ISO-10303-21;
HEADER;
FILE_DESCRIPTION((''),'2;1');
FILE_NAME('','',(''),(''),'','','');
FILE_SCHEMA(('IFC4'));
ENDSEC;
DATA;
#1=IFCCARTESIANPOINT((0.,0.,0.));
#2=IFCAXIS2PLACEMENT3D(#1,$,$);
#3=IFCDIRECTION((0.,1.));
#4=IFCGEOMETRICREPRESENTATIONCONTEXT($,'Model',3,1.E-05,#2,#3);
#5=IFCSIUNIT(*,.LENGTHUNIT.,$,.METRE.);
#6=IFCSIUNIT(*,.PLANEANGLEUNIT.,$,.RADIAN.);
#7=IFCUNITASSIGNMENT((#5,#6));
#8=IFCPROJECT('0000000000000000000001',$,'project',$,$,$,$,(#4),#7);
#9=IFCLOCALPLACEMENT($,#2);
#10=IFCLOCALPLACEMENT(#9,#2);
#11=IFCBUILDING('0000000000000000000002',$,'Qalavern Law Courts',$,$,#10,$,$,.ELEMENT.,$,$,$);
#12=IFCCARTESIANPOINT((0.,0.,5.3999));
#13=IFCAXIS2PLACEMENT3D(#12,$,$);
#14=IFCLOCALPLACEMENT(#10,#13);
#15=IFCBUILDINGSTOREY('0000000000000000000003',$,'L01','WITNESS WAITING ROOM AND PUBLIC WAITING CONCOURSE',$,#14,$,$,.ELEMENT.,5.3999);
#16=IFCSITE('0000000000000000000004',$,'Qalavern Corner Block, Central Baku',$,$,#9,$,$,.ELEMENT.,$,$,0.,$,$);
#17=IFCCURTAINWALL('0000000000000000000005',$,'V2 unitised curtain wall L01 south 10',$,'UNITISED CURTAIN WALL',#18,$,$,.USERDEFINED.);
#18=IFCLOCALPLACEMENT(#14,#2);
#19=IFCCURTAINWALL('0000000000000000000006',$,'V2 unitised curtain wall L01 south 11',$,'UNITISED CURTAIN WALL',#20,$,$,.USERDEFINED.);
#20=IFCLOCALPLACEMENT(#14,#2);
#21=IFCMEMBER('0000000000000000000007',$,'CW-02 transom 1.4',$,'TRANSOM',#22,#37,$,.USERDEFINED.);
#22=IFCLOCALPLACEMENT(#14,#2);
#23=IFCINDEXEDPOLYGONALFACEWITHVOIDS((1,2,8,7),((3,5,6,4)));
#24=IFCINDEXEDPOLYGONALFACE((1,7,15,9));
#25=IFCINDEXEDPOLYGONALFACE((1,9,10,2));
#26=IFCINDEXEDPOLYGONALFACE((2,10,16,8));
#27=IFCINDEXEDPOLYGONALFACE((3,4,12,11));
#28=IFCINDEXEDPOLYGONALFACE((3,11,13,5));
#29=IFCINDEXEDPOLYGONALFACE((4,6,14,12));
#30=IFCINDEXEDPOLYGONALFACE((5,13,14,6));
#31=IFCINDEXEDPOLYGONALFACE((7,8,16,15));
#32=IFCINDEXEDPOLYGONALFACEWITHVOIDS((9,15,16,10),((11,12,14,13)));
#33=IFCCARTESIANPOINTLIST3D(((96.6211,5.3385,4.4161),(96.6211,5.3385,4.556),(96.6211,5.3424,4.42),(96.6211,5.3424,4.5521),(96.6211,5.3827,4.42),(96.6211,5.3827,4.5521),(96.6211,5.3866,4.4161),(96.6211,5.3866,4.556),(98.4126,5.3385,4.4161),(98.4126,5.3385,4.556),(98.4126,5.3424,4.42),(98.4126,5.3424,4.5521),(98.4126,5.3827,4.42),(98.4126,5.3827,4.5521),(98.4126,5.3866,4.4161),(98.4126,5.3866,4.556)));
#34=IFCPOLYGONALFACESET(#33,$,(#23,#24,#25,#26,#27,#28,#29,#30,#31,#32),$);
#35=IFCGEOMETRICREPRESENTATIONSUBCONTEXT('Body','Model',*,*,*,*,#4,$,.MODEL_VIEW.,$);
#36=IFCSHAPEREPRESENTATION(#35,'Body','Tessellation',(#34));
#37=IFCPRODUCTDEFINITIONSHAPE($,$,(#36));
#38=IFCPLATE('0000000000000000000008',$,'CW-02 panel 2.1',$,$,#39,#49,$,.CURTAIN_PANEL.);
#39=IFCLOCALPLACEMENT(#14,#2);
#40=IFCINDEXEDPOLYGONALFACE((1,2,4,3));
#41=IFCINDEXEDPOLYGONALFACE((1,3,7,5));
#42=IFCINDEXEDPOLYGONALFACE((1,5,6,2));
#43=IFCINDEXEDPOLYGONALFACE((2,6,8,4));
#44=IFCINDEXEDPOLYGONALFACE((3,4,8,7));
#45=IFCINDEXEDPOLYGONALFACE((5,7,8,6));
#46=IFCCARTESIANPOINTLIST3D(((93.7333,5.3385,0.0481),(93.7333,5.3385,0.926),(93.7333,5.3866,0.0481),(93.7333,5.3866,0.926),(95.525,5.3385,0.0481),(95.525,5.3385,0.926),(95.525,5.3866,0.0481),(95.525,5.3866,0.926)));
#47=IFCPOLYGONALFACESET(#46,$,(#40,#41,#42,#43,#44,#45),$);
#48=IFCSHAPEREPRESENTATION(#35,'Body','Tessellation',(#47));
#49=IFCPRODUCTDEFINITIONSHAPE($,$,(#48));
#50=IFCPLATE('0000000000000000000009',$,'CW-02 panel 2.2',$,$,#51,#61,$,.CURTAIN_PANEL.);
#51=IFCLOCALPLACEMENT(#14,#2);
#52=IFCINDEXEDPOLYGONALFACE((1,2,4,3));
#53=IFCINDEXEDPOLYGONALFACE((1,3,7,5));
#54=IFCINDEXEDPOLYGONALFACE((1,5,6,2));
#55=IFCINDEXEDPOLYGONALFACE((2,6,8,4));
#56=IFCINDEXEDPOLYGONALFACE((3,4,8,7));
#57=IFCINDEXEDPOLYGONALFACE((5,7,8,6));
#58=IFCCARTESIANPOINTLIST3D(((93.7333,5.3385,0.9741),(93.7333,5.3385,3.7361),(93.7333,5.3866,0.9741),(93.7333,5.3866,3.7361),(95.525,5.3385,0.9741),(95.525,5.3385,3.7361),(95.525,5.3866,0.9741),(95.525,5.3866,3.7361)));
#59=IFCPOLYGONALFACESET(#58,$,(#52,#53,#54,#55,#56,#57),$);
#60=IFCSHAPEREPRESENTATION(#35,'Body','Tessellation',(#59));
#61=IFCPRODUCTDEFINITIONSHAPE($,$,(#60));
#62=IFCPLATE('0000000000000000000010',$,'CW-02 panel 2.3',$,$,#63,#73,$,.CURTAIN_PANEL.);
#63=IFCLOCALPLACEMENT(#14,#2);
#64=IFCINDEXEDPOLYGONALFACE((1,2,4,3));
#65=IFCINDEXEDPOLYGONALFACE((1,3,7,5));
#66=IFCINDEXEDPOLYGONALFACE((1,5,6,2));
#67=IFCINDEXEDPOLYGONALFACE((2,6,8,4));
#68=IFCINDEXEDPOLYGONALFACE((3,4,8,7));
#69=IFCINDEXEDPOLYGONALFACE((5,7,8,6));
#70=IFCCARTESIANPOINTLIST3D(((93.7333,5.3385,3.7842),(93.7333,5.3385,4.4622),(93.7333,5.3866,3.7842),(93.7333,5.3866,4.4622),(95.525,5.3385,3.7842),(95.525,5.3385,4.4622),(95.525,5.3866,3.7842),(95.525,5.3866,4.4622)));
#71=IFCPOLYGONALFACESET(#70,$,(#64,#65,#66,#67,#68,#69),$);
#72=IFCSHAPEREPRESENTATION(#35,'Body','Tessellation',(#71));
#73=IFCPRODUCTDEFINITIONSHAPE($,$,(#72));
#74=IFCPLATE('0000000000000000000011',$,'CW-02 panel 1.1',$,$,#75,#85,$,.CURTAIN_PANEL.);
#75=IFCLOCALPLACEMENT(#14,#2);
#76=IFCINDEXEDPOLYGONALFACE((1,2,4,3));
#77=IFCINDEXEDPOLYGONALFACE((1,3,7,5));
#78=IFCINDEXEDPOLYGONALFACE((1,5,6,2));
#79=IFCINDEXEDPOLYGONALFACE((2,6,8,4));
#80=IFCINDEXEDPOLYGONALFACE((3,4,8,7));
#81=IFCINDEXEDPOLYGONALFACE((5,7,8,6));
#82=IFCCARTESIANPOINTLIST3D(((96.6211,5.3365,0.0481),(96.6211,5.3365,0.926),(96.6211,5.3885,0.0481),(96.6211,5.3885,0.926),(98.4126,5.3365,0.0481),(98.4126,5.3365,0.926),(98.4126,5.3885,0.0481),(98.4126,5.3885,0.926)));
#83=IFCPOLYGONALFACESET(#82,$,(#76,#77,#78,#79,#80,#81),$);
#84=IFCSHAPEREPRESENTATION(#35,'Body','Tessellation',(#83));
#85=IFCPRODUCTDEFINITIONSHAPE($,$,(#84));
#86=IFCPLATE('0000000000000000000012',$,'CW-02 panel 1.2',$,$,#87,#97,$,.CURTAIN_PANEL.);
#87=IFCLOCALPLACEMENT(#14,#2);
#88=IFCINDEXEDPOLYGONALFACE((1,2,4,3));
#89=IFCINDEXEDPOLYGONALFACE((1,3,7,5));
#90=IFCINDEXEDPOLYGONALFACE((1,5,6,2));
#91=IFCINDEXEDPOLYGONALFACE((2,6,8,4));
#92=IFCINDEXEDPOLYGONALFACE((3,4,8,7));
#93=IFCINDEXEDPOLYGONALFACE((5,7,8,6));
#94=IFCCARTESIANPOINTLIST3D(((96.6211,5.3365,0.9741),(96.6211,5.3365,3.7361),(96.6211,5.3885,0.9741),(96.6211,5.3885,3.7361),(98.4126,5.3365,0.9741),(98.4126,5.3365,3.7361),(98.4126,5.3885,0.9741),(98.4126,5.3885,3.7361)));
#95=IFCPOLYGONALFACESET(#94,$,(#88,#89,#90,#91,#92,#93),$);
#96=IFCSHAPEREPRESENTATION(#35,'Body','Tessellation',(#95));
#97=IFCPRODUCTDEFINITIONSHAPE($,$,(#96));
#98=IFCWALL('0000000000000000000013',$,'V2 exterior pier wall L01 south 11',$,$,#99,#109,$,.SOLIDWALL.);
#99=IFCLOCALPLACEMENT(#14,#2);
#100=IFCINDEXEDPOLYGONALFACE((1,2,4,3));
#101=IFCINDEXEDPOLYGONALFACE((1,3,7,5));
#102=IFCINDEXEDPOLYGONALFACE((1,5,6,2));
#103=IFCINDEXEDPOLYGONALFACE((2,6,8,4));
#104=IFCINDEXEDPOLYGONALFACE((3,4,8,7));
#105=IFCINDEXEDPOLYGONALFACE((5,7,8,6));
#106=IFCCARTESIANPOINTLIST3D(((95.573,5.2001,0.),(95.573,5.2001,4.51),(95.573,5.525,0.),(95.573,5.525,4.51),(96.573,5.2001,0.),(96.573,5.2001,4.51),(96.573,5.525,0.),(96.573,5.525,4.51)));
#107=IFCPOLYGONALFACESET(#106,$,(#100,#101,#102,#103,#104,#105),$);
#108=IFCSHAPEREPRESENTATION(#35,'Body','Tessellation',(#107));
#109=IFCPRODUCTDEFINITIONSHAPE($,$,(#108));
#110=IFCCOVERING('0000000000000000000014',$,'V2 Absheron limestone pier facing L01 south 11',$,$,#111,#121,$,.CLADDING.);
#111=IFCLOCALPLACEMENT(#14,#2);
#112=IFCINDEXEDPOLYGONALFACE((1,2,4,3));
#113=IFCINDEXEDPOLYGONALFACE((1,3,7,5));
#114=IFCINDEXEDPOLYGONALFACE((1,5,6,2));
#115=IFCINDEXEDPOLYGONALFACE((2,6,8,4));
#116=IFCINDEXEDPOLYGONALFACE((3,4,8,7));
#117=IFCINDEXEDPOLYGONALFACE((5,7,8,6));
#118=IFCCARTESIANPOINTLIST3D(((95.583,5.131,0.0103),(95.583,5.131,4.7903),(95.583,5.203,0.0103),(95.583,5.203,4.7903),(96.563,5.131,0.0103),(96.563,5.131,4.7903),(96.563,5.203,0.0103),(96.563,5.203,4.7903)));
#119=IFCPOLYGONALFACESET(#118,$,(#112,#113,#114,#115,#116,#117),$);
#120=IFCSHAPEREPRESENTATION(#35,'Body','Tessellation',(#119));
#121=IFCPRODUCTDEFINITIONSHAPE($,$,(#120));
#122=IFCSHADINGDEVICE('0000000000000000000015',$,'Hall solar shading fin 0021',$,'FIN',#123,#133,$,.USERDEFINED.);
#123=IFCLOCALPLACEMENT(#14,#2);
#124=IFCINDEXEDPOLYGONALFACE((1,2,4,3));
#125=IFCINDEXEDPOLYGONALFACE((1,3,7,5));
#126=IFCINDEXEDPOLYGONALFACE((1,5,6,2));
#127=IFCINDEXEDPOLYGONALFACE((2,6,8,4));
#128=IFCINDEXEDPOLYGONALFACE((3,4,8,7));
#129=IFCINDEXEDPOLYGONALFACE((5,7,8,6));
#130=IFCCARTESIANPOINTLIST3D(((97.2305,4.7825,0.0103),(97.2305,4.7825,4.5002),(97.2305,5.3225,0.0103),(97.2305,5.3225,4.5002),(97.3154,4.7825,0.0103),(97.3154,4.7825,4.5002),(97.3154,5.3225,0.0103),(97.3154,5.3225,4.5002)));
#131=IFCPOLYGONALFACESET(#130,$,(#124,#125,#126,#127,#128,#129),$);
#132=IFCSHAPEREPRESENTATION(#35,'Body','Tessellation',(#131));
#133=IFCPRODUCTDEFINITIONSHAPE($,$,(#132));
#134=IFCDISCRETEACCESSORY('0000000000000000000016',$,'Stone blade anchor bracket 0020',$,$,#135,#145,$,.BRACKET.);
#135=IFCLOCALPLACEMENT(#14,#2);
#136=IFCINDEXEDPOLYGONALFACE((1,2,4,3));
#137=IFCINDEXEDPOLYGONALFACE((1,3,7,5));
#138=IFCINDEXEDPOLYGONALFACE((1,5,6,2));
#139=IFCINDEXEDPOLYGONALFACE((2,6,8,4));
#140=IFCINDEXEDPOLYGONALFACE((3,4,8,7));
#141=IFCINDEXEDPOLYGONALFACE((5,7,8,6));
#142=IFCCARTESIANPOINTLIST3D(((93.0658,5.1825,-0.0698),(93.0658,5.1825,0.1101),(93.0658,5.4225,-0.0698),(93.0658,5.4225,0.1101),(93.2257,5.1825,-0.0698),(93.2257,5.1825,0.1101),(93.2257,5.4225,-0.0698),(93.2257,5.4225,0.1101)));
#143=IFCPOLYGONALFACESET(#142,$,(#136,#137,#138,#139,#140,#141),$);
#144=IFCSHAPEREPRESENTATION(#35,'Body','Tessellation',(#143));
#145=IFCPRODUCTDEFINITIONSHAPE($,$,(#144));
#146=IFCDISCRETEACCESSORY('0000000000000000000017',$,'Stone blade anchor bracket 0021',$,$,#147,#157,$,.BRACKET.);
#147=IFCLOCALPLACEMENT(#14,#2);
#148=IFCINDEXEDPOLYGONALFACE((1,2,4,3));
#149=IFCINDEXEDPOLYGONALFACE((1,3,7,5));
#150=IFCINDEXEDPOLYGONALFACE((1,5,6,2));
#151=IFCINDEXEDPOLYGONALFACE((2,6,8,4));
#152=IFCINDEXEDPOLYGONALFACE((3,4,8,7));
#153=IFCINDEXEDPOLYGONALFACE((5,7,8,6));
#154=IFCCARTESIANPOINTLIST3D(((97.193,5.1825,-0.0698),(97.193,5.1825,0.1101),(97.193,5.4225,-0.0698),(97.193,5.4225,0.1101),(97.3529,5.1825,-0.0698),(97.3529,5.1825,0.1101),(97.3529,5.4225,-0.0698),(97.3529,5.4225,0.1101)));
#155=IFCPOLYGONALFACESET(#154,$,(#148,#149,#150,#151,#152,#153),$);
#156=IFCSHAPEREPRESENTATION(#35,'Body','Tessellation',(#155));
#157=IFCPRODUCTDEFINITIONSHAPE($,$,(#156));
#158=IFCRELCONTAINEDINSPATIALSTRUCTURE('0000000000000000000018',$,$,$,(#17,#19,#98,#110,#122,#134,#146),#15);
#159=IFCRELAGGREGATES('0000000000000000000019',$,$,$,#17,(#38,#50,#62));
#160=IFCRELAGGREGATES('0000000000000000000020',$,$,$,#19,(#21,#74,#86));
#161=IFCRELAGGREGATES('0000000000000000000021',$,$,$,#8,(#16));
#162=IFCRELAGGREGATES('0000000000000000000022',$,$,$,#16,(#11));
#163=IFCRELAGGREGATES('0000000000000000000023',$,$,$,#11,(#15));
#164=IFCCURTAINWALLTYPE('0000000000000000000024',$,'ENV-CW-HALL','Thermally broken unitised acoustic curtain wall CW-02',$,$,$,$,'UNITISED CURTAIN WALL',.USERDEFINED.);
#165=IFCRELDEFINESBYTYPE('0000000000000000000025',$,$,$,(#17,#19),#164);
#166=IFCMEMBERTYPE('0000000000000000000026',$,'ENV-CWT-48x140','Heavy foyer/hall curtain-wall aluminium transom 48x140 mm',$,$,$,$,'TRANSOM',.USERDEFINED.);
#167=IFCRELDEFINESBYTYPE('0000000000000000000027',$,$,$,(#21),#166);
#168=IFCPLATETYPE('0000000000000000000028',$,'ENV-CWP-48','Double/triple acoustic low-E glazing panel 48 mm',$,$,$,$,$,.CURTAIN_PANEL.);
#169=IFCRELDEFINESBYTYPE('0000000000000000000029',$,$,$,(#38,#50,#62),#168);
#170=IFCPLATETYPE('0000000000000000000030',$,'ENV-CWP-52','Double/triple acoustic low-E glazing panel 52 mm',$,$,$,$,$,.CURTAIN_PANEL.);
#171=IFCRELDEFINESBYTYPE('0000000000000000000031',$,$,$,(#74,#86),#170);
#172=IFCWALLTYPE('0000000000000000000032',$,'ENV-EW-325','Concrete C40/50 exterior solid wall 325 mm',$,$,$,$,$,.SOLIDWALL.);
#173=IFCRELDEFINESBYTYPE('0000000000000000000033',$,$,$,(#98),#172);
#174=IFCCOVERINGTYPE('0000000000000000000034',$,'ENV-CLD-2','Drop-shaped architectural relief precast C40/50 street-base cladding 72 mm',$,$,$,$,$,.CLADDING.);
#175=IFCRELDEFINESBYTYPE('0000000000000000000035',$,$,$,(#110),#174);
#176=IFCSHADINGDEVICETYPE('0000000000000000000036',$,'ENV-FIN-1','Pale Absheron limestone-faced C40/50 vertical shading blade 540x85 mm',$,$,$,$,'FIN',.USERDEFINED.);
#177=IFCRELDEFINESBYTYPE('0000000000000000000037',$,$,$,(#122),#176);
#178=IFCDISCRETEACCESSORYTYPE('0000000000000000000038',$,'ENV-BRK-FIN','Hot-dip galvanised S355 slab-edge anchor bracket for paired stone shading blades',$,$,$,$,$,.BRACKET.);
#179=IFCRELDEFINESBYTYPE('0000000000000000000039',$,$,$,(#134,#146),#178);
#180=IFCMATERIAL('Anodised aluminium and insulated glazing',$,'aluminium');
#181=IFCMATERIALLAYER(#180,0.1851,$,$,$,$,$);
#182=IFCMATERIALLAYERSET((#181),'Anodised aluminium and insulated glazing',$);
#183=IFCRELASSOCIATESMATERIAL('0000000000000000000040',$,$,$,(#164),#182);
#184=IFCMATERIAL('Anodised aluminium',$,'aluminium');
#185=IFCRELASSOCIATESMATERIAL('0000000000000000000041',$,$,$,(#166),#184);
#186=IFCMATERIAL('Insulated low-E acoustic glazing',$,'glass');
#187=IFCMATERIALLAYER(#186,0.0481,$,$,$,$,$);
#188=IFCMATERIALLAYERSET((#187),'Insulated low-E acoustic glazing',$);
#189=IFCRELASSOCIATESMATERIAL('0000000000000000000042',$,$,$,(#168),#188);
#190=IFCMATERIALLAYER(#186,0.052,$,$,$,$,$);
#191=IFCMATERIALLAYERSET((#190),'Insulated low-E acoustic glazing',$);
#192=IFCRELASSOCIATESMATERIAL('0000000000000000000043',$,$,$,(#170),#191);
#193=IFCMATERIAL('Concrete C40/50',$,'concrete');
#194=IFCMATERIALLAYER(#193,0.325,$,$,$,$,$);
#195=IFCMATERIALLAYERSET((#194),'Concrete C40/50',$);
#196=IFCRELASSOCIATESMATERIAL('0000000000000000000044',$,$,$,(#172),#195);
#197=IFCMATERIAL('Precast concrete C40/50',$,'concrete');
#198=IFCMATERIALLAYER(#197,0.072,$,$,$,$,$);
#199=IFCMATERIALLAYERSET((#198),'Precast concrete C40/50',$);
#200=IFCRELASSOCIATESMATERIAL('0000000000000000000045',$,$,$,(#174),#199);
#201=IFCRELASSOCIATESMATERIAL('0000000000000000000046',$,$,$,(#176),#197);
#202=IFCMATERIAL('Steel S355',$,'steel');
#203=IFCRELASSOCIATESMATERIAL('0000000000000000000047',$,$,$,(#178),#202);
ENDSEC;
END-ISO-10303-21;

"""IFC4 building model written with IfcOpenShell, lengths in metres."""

from ifc_helpers import new_model, si_unit, direction, frame, frame_2d, origin, origin_2d, place, context, subcontext, project, spatial, rectangle, hollow_rectangle, extrude, material, layer, layer_set, material_profile, profile_set, type_object, element, aggregate, save


model = new_model("IFC4")

# Units and contexts
model_context = context("Model", 3, precision=1e-05, world=origin(), true_north=direction((0.0, 1.0)))
body_context = subcontext(model_context, "Body", "Model", "MODEL_VIEW")
ifc_project = project(units=[si_unit("LENGTHUNIT", "METRE"), si_unit("PLANEANGLEUNIT", "RADIAN")], contexts=[model_context])

# Site, building, storey
site_placement = place(None, origin())
site = spatial("IfcSite", under=ifc_project, at=site_placement, Name="Qalavern Corner Block, Central Baku", CompositionType="ELEMENT", RefElevation=0.0)
building_placement = place(site_placement, origin())
building = spatial("IfcBuilding", under=site, at=building_placement, Name="Qalavern Law Courts", CompositionType="ELEMENT")
storey_placement = place(building_placement, frame((0.0, 0.0, 5.3999)))
storey = spatial("IfcBuildingStorey", under=building, at=storey_placement, Name="L01", Description="WITNESS WAITING ROOM AND PUBLIC WAITING CONCOURSE", CompositionType="ELEMENT", Elevation=5.3999)

# Curtain wall
ifc_material_1 = material(Name="Anodised aluminium and insulated glazing", Category="aluminium")
ifc_layer_1 = layer(ifc_material_1, 0.1851)
ifc_layer_set_1 = layer_set([ifc_layer_1], Name="Anodised aluminium and insulated glazing")
curtain_wall_type = type_object("IfcCurtainWallType", Name="ENV-CW-HALL", Description="Thermally broken unitised acoustic curtain wall CW-02", ElementType="UNITISED CURTAIN WALL", PredefinedType="USERDEFINED", material=ifc_layer_set_1)
curtain_wall_1_placement = place(storey_placement, origin())
curtain_wall_1 = element("IfcCurtainWall", 1, at=curtain_wall_1_placement, inside=storey, type_object=curtain_wall_type, Name="V2 unitised curtain wall L01 south 10", ObjectType="UNITISED CURTAIN WALL", PredefinedType="USERDEFINED")
ifc_material_2 = material(Name="Anodised aluminium", Category="aluminium")

# Curtain wall
curtain_wall_2_placement = place(storey_placement, origin())
curtain_wall_2 = element("IfcCurtainWall", 2, at=curtain_wall_2_placement, inside=storey, type_object=curtain_wall_type, Name="V2 unitised curtain wall L01 south 11", ObjectType="UNITISED CURTAIN WALL", PredefinedType="USERDEFINED")

# Member
ifc_material_profile_1 = material_profile(ifc_material_2, hollow_rectangle(XDim=0.0481, YDim=0.1399, WallThickness=0.0039, at=origin_2d()), Name="ALU TRANSOM 48x140")
ifc_profile_set_1 = profile_set([ifc_material_profile_1], Name="Anodised aluminium")
member_type_1 = type_object("IfcMemberType", Name="ENV-CWT-48x140", Description="Heavy foyer/hall curtain-wall aluminium transom 48x140 mm", ElementType="TRANSOM", PredefinedType="USERDEFINED", material=ifc_profile_set_1)
member_1_placement = place(storey_placement, frame((96.6211, 5.3625, 4.4861), z_axis=(1.0, 0.0, 0.0), x_axis=(0.0, 1.0, 0.0)))
member_1 = element("IfcMember", 3, at=member_1_placement, type_object=member_type_1, Name="CW-02 transom 1.4", ObjectType="TRANSOM", PredefinedType="USERDEFINED", context=body_context, shape_type="SweptSolid", body=[
    extrude(hollow_rectangle(XDim=0.0481, YDim=0.1399, WallThickness=0.0039, at=origin_2d()), origin(), (0.0, 0.0, 1.0), 1.7915),
])

# Plates
ifc_material_3 = material(Name="Insulated low-E acoustic glazing", Category="glass")
ifc_layer_2 = layer(ifc_material_3, 0.0481)
ifc_layer_set_2 = layer_set([ifc_layer_2], Name="Insulated low-E acoustic glazing")
plate_type_1 = type_object("IfcPlateType", Name="ENV-CWP-48", Description="Double/triple acoustic low-E glazing panel 48 mm", PredefinedType="CURTAIN_PANEL", material=ifc_layer_set_2)
plate_1_placement = place(storey_placement, frame((94.6292, 5.3625, 0.0481), z_axis=(0.0, 0.0, 1.0), x_axis=(1.0, 0.0, 0.0)))
plate_1 = element("IfcPlate", 4, at=plate_1_placement, type_object=plate_type_1, Name="CW-02 panel 2.1", PredefinedType="CURTAIN_PANEL", context=body_context, shape_type="SweptSolid", body=[
    extrude(rectangle(XDim=1.7917, YDim=0.0481, at=origin_2d()), origin(), (0.0, 0.0, 1.0), 0.8779),
])
plate_2_placement = place(storey_placement, frame((94.6292, 5.3625, 0.9741), z_axis=(0.0, 0.0, 1.0), x_axis=(1.0, 0.0, 0.0)))
plate_2 = element("IfcPlate", 5, at=plate_2_placement, type_object=plate_type_1, Name="CW-02 panel 2.2", PredefinedType="CURTAIN_PANEL", context=body_context, shape_type="SweptSolid", body=[
    extrude(rectangle(XDim=1.7917, YDim=0.0481, at=origin_2d()), origin(), (0.0, 0.0, 1.0), 2.762),
])
plate_3_placement = place(storey_placement, frame((94.6292, 5.3625, 3.7842), z_axis=(0.0, 0.0, 1.0), x_axis=(1.0, 0.0, 0.0)))
plate_3 = element("IfcPlate", 6, at=plate_3_placement, type_object=plate_type_1, Name="CW-02 panel 2.3", PredefinedType="CURTAIN_PANEL", context=body_context, shape_type="SweptSolid", body=[
    extrude(rectangle(XDim=1.7917, YDim=0.0481, at=origin_2d()), origin(), (0.0, 0.0, 1.0), 0.678),
])
aggregate(curtain_wall_1, [plate_1, plate_2, plate_3])
ifc_layer_3 = layer(ifc_material_3, 0.052)
ifc_layer_set_3 = layer_set([ifc_layer_3], Name="Insulated low-E acoustic glazing")
plate_type_2 = type_object("IfcPlateType", Name="ENV-CWP-52", Description="Double/triple acoustic low-E glazing panel 52 mm", PredefinedType="CURTAIN_PANEL", material=ifc_layer_set_3)
plate_4_placement = place(storey_placement, frame((97.5168, 5.3625, 0.0481), z_axis=(0.0, 0.0, 1.0), x_axis=(1.0, 0.0, 0.0)))
plate_4 = element("IfcPlate", 7, at=plate_4_placement, type_object=plate_type_2, Name="CW-02 panel 1.1", PredefinedType="CURTAIN_PANEL", context=body_context, shape_type="SweptSolid", body=[
    extrude(rectangle(XDim=1.7915, YDim=0.052, at=origin_2d()), origin(), (0.0, 0.0, 1.0), 0.8779),
])
plate_5_placement = place(storey_placement, frame((97.5168, 5.3625, 0.9741), z_axis=(0.0, 0.0, 1.0), x_axis=(1.0, 0.0, 0.0)))
plate_5 = element("IfcPlate", 8, at=plate_5_placement, type_object=plate_type_2, Name="CW-02 panel 1.2", PredefinedType="CURTAIN_PANEL", context=body_context, shape_type="SweptSolid", body=[
    extrude(rectangle(XDim=1.7915, YDim=0.052, at=origin_2d()), origin(), (0.0, 0.0, 1.0), 2.762),
])
aggregate(curtain_wall_2, [member_1, plate_4, plate_5])

# Wall
ifc_material_4 = material(Name="Concrete C40/50", Category="concrete")
ifc_layer_4 = layer(ifc_material_4, 0.325)
ifc_layer_set_4 = layer_set([ifc_layer_4], Name="Concrete C40/50")
wall_type = type_object("IfcWallType", Name="ENV-EW-325", Description="Concrete C40/50 exterior solid wall 325 mm", PredefinedType="SOLIDWALL", material=ifc_layer_set_4)
wall_placement = place(storey_placement, frame((95.573, 5.3625, 0.0), z_axis=(0.0, 0.0, 1.0), x_axis=(1.0, 0.0, 0.0)))
element("IfcWall", 9, at=wall_placement, inside=storey, type_object=wall_type, Name="V2 exterior pier wall L01 south 11", PredefinedType="SOLIDWALL", context=body_context, shape_type="SweptSolid", body=[
    extrude(rectangle(XDim=1.0, YDim=0.325, at=frame_2d((0.5, 0.0))), origin(), (0.0, 0.0, 1.0), 4.51),
])

# Covering
ifc_material_5 = material(Name="Precast concrete C40/50", Category="concrete")
ifc_layer_5 = layer(ifc_material_5, 0.072)
ifc_layer_set_5 = layer_set([ifc_layer_5], Name="Precast concrete C40/50")
covering_type = type_object("IfcCoveringType", Name="ENV-CLD-2", Description="Drop-shaped architectural relief precast C40/50 street-base cladding 72 mm", PredefinedType="CLADDING", material=ifc_layer_set_5)
covering_placement = place(storey_placement, frame((96.073, 5.167, 0.0103), z_axis=(0.0, 0.0, 1.0), x_axis=(1.0, 0.0, 0.0)))
element("IfcCovering", 10, at=covering_placement, inside=storey, type_object=covering_type, Name="V2 Absheron limestone pier facing L01 south 11", PredefinedType="CLADDING", context=body_context, shape_type="SweptSolid", body=[
    extrude(rectangle(XDim=0.98, YDim=0.072, at=origin_2d()), origin(), (0.0, 0.0, 1.0), 4.78),
])

# Shading device
shading_device_type = type_object("IfcShadingDeviceType", Name="ENV-FIN-1", Description="Pale Absheron limestone-faced C40/50 vertical shading blade 540x85 mm", ElementType="FIN", PredefinedType="USERDEFINED", material=ifc_material_5)
shading_device_placement = place(storey_placement, frame((97.2729, 5.0525, 0.0103), z_axis=(0.0, 0.0, 1.0), x_axis=(0.0, -1.0, 0.0)))
element("IfcShadingDevice", 11, at=shading_device_placement, inside=storey, type_object=shading_device_type, Name="Hall solar shading fin 0021", ObjectType="FIN", PredefinedType="USERDEFINED", context=body_context, shape_type="SweptSolid", body=[
    extrude(rectangle(XDim=0.54, YDim=0.085, at=origin_2d()), origin(), (0.0, 0.0, 1.0), 4.49),
])

# Discrete accessories
ifc_material_6 = material(Name="Steel S355", Category="steel")
discrete_accessory_type = type_object("IfcDiscreteAccessoryType", Name="ENV-BRK-FIN", Description="Hot-dip galvanised S355 slab-edge anchor bracket for paired stone shading blades", PredefinedType="BRACKET", material=ifc_material_6)
for number, where, z_axis, x_axis, name in (
    (12, (93.1458, 5.3025, -0.0698), (0.0, 0.0, 1.0), (0.0, -1.0, 0.0), "Stone blade anchor bracket 0020"),
    (13, (97.2729, 5.3025, -0.0698), (0.0, 0.0, 1.0), (0.0, -1.0, 0.0), "Stone blade anchor bracket 0021"),
):
    element("IfcDiscreteAccessory", number, at=place(storey_placement, frame(where, z_axis=z_axis, x_axis=x_axis)), inside=storey, type_object=discrete_accessory_type, Name=name, PredefinedType="BRACKET", context=body_context, shape_type="SweptSolid", body=[
        extrude(rectangle(XDim=0.24, YDim=0.1599, at=origin_2d()), origin(), (0.0, 0.0, 1.0), 0.1799),
    ])

save(model, "model.ifc")
